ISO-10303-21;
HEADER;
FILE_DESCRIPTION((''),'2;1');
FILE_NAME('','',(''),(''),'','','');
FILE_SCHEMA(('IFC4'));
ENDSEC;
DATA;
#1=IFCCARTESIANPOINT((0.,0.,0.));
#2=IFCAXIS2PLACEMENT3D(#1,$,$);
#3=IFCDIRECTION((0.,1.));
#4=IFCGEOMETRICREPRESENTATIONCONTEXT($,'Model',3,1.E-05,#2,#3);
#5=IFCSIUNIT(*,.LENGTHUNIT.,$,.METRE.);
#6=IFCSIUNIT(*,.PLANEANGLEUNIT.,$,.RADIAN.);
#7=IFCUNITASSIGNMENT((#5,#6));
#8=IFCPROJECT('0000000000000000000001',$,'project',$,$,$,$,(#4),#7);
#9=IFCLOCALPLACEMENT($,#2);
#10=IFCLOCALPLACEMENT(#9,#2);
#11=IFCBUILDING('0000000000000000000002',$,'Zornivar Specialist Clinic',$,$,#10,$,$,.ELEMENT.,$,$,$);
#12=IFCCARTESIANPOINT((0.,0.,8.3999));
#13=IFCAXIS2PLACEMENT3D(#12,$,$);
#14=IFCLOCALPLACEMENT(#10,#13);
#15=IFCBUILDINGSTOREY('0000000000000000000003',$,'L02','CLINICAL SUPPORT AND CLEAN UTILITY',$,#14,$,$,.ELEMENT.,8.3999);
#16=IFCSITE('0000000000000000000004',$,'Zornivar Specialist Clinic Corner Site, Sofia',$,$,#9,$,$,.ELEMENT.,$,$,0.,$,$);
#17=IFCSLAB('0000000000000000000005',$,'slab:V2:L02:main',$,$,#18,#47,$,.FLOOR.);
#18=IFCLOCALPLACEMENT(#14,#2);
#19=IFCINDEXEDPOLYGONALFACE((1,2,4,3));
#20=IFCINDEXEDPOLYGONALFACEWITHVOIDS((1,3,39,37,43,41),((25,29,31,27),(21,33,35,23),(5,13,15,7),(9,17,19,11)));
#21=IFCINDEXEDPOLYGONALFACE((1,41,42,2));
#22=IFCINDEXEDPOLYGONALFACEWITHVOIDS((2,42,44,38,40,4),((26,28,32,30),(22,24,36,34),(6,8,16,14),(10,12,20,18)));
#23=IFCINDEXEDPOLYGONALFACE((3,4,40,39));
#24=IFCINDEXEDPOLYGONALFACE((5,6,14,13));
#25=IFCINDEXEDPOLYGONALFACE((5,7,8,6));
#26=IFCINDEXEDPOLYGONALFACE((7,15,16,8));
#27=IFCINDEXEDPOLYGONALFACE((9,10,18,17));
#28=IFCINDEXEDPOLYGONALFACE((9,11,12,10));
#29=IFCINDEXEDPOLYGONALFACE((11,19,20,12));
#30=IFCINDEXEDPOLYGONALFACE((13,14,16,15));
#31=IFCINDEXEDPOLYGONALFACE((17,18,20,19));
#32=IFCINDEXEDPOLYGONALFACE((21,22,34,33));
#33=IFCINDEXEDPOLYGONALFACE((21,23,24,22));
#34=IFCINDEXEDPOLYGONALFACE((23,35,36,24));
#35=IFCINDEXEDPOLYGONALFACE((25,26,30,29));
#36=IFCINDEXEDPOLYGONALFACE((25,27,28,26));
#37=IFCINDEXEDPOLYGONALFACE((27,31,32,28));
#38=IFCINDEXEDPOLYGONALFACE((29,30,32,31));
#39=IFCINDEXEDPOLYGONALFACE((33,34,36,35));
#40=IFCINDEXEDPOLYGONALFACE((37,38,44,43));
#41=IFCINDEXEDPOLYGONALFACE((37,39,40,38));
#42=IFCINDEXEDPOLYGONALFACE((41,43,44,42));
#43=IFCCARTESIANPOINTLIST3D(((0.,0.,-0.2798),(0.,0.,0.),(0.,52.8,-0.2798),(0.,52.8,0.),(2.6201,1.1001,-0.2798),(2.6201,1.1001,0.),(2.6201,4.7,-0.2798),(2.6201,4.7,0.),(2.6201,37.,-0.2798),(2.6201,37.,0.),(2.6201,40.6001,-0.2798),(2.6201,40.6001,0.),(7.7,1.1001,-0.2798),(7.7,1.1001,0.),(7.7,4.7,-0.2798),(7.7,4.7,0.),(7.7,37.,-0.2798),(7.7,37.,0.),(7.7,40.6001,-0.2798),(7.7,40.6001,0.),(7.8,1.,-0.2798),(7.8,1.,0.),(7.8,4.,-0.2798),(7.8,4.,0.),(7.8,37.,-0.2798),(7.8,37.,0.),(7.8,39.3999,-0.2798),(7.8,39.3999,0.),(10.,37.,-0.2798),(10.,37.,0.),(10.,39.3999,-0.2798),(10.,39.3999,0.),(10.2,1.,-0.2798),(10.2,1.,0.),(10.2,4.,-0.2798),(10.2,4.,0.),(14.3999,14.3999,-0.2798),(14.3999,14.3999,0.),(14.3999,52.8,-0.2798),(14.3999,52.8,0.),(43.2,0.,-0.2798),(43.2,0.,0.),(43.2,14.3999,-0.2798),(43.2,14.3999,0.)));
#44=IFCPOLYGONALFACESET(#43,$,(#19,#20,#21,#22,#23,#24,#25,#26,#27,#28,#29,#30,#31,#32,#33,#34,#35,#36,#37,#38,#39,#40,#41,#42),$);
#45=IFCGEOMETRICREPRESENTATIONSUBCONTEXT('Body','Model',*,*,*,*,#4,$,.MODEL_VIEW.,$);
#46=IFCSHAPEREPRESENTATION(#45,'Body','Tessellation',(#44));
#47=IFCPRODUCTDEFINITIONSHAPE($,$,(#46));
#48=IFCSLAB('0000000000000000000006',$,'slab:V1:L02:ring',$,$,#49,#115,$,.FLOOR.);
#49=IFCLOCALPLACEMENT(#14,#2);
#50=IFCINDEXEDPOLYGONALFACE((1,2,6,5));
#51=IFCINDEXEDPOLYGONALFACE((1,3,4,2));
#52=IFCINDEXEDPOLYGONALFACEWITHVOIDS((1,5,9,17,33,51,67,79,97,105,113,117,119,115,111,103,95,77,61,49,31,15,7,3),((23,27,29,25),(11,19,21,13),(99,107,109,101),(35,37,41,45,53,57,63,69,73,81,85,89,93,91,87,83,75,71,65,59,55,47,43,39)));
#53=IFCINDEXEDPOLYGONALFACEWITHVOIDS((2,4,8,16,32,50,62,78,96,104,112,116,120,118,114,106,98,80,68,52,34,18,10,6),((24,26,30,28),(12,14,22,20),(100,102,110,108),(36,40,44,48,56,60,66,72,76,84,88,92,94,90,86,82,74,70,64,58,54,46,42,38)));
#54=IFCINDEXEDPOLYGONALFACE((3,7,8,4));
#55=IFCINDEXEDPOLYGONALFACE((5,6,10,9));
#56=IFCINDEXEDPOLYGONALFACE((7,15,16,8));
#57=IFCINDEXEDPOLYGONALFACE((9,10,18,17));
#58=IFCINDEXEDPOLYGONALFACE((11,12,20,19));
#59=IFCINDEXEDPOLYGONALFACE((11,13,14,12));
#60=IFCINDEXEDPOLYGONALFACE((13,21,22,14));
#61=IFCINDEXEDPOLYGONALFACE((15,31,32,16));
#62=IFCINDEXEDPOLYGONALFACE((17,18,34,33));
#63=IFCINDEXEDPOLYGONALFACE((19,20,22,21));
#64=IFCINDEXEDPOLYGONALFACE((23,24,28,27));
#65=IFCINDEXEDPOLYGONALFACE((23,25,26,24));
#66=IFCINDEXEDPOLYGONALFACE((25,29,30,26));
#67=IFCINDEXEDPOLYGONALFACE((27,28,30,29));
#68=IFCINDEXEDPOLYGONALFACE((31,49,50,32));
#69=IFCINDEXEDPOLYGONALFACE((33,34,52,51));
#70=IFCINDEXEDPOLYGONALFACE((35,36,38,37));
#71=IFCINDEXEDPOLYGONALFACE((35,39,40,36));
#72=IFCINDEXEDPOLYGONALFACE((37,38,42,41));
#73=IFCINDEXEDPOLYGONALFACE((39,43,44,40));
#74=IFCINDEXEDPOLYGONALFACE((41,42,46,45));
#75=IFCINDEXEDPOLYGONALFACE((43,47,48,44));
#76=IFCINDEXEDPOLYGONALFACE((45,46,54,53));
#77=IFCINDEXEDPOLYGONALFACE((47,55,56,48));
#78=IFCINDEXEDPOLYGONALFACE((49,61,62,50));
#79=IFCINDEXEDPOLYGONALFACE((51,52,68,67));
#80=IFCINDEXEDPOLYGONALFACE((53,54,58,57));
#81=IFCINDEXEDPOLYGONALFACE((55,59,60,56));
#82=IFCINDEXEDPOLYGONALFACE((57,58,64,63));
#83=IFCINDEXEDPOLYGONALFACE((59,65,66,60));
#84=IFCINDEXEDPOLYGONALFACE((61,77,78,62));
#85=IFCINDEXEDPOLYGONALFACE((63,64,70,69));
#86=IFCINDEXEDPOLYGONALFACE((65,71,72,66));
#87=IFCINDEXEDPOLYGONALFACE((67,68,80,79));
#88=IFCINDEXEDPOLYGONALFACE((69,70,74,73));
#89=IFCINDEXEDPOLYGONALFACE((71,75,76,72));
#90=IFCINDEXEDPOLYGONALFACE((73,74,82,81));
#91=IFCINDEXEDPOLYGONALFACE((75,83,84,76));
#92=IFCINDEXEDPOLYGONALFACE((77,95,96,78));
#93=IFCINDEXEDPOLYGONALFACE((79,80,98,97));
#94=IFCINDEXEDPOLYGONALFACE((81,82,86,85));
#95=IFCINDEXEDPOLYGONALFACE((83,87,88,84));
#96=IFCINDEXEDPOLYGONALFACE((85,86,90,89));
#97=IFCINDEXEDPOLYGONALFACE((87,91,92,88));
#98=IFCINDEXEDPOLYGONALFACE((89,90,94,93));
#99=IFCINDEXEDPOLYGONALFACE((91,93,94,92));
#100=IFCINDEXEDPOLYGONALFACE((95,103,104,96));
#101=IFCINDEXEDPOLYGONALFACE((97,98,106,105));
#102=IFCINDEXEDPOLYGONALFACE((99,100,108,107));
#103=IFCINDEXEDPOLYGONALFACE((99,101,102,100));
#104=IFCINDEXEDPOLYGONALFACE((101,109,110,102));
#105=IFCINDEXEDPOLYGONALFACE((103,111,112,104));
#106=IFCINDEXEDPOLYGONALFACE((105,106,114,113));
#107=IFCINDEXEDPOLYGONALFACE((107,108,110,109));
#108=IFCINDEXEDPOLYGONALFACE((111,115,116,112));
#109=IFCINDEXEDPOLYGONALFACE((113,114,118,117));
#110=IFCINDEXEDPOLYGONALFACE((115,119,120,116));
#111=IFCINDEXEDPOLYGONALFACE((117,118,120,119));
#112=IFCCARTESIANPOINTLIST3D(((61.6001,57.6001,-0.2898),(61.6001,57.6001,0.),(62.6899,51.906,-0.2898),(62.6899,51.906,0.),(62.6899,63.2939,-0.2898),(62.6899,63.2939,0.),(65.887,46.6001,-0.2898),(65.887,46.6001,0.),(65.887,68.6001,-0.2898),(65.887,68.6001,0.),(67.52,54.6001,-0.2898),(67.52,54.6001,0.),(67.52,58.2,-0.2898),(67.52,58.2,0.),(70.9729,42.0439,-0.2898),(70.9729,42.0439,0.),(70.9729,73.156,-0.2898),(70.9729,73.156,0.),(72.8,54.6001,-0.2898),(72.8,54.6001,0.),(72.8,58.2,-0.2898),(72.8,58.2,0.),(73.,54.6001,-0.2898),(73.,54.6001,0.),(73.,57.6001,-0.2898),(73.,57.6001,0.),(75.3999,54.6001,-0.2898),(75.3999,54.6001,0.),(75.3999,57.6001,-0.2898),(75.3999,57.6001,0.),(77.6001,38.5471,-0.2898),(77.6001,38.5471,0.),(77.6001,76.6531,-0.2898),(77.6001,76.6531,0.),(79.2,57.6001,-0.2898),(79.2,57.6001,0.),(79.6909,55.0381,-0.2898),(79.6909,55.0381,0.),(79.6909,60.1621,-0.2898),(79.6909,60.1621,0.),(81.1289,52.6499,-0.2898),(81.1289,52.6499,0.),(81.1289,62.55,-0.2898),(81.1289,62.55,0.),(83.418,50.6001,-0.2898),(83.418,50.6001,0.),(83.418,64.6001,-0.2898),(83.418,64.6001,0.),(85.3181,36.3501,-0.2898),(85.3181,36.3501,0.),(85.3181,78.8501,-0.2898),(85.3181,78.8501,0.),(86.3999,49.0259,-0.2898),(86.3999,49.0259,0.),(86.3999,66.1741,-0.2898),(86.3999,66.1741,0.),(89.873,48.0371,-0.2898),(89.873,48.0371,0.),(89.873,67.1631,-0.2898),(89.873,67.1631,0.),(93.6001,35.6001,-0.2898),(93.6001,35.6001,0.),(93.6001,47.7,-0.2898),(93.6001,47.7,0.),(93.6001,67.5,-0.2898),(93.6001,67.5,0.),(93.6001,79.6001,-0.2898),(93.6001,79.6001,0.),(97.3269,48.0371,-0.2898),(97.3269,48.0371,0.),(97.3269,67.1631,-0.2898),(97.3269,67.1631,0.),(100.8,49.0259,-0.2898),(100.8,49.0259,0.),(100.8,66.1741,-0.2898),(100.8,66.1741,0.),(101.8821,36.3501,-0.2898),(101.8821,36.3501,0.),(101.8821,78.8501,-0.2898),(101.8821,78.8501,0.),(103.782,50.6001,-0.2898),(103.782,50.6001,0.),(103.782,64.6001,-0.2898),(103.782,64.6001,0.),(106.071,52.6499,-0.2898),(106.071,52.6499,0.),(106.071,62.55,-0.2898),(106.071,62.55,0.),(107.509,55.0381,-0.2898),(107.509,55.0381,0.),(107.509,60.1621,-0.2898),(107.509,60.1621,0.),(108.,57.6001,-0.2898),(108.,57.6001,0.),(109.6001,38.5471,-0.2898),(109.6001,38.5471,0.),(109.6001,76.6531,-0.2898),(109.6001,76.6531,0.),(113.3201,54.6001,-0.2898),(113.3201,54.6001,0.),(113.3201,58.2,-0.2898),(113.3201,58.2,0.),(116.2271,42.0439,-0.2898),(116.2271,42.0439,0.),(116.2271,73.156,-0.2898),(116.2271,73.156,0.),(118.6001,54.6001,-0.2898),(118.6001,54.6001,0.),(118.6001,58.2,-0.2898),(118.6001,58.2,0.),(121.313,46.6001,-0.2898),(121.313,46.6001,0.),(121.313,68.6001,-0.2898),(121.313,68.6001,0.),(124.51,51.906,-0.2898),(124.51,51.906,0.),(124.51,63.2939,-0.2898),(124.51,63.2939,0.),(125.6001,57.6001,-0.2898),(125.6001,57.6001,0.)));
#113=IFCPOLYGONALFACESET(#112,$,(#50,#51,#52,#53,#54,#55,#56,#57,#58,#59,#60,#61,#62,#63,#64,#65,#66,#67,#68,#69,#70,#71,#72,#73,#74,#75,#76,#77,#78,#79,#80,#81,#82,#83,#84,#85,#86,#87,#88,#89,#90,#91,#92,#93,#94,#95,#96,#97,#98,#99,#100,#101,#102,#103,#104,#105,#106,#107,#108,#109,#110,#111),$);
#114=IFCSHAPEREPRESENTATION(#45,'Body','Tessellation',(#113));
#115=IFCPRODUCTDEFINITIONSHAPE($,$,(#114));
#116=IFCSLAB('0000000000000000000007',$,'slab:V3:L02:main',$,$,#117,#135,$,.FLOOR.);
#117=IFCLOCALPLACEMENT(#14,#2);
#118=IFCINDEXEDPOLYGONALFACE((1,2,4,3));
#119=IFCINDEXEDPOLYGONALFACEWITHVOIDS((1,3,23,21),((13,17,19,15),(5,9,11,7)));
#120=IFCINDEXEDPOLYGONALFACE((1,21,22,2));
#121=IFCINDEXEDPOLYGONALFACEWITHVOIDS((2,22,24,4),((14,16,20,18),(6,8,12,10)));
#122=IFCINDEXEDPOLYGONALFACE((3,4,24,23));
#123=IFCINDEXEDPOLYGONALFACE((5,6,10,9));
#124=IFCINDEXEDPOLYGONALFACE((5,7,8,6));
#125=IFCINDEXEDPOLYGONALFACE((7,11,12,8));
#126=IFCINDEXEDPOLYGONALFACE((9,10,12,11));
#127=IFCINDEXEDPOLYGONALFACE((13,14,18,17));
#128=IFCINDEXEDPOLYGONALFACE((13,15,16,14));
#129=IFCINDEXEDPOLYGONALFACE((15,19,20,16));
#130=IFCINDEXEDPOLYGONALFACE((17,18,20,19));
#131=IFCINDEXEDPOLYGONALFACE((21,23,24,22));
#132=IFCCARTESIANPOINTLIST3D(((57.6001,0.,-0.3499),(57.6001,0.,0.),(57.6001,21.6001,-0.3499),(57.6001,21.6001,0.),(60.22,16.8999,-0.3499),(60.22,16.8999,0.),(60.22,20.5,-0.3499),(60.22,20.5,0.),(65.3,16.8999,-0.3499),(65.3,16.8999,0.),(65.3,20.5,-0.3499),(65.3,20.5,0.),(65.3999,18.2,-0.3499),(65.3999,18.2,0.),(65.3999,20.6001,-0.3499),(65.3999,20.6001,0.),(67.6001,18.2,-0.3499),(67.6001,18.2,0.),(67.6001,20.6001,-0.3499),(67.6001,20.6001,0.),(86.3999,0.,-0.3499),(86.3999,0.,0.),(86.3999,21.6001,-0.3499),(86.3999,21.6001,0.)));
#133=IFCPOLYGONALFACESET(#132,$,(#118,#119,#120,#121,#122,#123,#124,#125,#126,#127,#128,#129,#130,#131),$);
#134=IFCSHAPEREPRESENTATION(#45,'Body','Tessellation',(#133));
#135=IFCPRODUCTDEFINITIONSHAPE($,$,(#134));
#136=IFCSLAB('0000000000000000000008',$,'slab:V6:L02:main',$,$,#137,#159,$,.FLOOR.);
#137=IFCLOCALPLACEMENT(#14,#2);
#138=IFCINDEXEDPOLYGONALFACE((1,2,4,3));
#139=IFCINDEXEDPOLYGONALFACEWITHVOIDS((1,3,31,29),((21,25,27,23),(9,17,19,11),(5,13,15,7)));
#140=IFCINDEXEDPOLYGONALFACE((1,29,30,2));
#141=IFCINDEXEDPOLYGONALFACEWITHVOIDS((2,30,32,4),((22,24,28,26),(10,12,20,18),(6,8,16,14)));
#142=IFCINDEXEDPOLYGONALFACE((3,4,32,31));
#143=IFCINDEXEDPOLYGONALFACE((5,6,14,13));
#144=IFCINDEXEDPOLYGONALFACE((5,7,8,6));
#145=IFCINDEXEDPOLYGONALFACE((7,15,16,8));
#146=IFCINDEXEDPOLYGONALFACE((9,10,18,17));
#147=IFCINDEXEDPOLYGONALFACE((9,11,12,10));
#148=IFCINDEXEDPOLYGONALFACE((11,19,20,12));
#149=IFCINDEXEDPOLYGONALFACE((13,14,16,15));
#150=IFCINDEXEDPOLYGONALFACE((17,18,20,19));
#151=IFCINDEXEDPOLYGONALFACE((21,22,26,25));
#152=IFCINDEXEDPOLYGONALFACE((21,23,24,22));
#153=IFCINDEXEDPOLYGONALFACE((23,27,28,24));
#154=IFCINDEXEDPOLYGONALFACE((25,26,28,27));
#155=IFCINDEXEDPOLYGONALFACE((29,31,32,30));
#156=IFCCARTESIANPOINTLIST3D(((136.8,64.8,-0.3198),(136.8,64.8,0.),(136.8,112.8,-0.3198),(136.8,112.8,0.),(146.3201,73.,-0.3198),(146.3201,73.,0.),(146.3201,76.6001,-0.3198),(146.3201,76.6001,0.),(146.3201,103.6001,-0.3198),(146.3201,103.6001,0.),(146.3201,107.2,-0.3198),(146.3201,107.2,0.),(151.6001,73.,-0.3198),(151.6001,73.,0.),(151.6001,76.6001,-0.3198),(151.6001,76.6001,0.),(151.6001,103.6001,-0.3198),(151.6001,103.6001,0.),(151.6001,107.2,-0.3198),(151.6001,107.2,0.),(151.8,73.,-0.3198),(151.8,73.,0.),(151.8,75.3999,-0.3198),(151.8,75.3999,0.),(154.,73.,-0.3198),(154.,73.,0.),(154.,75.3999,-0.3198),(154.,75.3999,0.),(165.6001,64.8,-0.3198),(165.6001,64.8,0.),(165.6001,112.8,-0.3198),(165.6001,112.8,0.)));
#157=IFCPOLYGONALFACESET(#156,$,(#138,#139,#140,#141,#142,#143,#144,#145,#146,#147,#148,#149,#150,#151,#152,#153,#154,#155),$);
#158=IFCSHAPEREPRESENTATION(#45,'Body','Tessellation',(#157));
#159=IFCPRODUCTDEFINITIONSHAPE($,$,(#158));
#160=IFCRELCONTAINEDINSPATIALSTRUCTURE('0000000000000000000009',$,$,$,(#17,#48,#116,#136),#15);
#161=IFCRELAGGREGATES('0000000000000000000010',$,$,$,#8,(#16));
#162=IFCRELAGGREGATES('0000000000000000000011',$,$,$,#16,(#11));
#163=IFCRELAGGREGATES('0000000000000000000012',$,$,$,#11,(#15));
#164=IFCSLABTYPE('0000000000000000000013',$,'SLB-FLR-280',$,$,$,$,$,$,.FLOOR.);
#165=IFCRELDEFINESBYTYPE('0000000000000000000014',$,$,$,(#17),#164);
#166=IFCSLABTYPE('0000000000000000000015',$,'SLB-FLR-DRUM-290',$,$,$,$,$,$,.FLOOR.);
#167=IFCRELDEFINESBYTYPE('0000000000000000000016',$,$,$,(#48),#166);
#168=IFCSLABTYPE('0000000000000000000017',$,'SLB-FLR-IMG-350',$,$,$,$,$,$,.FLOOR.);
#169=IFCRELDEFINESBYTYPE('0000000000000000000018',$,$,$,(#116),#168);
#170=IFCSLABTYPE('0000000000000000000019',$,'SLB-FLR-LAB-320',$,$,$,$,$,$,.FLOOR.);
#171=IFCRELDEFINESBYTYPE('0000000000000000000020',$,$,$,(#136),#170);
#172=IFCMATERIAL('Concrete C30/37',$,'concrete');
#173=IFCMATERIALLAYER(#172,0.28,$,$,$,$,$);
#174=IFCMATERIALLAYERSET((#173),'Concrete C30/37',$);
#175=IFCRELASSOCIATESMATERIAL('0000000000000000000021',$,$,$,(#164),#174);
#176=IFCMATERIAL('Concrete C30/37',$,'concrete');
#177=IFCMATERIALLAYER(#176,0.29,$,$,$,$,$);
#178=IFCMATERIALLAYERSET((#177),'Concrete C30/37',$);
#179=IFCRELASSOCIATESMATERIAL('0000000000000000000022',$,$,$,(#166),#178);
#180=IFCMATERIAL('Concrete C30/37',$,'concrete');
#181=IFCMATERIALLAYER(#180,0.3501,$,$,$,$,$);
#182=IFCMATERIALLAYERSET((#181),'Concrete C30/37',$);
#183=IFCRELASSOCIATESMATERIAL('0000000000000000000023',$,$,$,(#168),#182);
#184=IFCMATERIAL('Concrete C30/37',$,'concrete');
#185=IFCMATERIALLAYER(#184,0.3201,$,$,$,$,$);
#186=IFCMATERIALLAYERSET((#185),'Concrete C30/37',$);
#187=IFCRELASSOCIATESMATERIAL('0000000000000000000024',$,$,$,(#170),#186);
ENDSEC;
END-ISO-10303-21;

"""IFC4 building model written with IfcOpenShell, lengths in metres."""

from ifc_helpers import new_model, si_unit, direction, frame, origin, place, context, subcontext, project, spatial, polyline, outline, extrude, material, layer, layer_set, type_object, element, save


model = new_model("IFC4")

# Units and contexts
model_context = context("Model", 3, precision=1e-05, world=origin(), true_north=direction((0.0, 1.0)))
body_context = subcontext(model_context, "Body", "Model", "MODEL_VIEW")
ifc_project = project(units=[si_unit("LENGTHUNIT", "METRE"), si_unit("PLANEANGLEUNIT", "RADIAN")], contexts=[model_context])

# Site, building, storey
site_placement = place(None, origin())
site = spatial("IfcSite", under=ifc_project, at=site_placement, Name="Zornivar Specialist Clinic Corner Site, Sofia", CompositionType="ELEMENT", RefElevation=0.0)
building_placement = place(site_placement, origin())
building = spatial("IfcBuilding", under=site, at=building_placement, Name="Zornivar Specialist Clinic", CompositionType="ELEMENT")
storey_placement = place(building_placement, frame((0.0, 0.0, 8.3999)))
storey = spatial("IfcBuildingStorey", under=building, at=storey_placement, Name="L02", Description="CLINICAL SUPPORT AND CLEAN UTILITY", CompositionType="ELEMENT", Elevation=8.3999)

# Slabs
ifc_material_1 = material(Name="Concrete C30/37", Category="concrete")
ifc_layer_1 = layer(ifc_material_1, 0.28)
ifc_layer_set_1 = layer_set([ifc_layer_1], Name="Concrete C30/37")
slab_type_1 = type_object("IfcSlabType", Name="SLB-FLR-280", PredefinedType="FLOOR", material=ifc_layer_set_1)
slab_1_placement = place(storey_placement, frame((0.0, 0.0, -0.2798)))
element("IfcSlab", 1, at=slab_1_placement, inside=storey, type_object=slab_type_1, Name="slab:V2:L02:main", PredefinedType="FLOOR", context=body_context, shape_type="SweptSolid", body=[
    extrude(outline(polyline([(0.0, 0.0), (43.2, 0.0), (43.2, 14.3999), (14.3999, 14.3999), (14.3999, 52.8), (0.0, 52.8), (0.0, 0.0)]), holes=[polyline([(2.6201, 1.1001), (7.7, 1.1001), (7.7, 4.7), (2.6201, 4.7), (2.6201, 1.1001)]), polyline([(7.8, 1.0), (10.2, 1.0), (10.2, 4.0), (7.8, 4.0), (7.8, 1.0)]), polyline([(2.6201, 37.0), (7.7, 37.0), (7.7, 40.6001), (2.6201, 40.6001), (2.6201, 37.0)]), polyline([(7.8, 37.0), (10.0, 37.0), (10.0, 39.3999), (7.8, 39.3999), (7.8, 37.0)])]), origin(), (0.0, 0.0, 1.0), 0.2798),
])
ifc_material_2 = material(Name="Concrete C30/37", Category="concrete")
ifc_layer_2 = layer(ifc_material_2, 0.29)
ifc_layer_set_2 = layer_set([ifc_layer_2], Name="Concrete C30/37")
slab_type_2 = type_object("IfcSlabType", Name="SLB-FLR-DRUM-290", PredefinedType="FLOOR", material=ifc_layer_set_2)
slab_2_placement = place(storey_placement, frame((0.0, 0.0, -0.2898)))
element("IfcSlab", 2, at=slab_2_placement, inside=storey, type_object=slab_type_2, Name="slab:V1:L02:ring", PredefinedType="FLOOR", context=body_context, shape_type="SweptSolid", body=[
    extrude(outline(polyline([(125.6001, 57.6001), (124.51, 63.2939), (121.313, 68.6001), (116.2271, 73.156), (109.6001, 76.6531), (101.8821, 78.8501), (93.6001, 79.6001), (85.3181, 78.8501), (77.6001, 76.6531), (70.9729, 73.156), (65.887, 68.6001), (62.6899, 63.2939), (61.6001, 57.6001), (62.6899, 51.906), (65.887, 46.6001), (70.9729, 42.0439), (77.6001, 38.5471), (85.3181, 36.3501), (93.6001, 35.6001), (101.8821, 36.3501), (109.6001, 38.5471), (116.2271, 42.0439), (121.313, 46.6001), (124.51, 51.906), (125.6001, 57.6001)]), holes=[polyline([(108.0, 57.6001), (107.509, 60.1621), (106.071, 62.55), (103.782, 64.6001), (100.8, 66.1741), (97.3269, 67.1631), (93.6001, 67.5), (89.873, 67.1631), (86.3999, 66.1741), (83.418, 64.6001), (81.1289, 62.55), (79.6909, 60.1621), (79.2, 57.6001), (79.6909, 55.0381), (81.1289, 52.6499), (83.418, 50.6001), (86.3999, 49.0259), (89.873, 48.0371), (93.6001, 47.7), (97.3269, 48.0371), (100.8, 49.0259), (103.782, 50.6001), (106.071, 52.6499), (107.509, 55.0381), (108.0, 57.6001)]), polyline([(67.52, 54.6001), (72.8, 54.6001), (72.8, 58.2), (67.52, 58.2), (67.52, 54.6001)]), polyline([(73.0, 54.6001), (75.3999, 54.6001), (75.3999, 57.6001), (73.0, 57.6001), (73.0, 54.6001)]), polyline([(113.3201, 54.6001), (118.6001, 54.6001), (118.6001, 58.2), (113.3201, 58.2), (113.3201, 54.6001)])]), origin(), (0.0, 0.0, 1.0), 0.2898),
])
ifc_material_3 = material(Name="Concrete C30/37", Category="concrete")
ifc_layer_3 = layer(ifc_material_3, 0.3501)
ifc_layer_set_3 = layer_set([ifc_layer_3], Name="Concrete C30/37")
slab_type_3 = type_object("IfcSlabType", Name="SLB-FLR-IMG-350", PredefinedType="FLOOR", material=ifc_layer_set_3)
slab_3_placement = place(storey_placement, frame((0.0, 0.0, -0.3499)))
element("IfcSlab", 3, at=slab_3_placement, inside=storey, type_object=slab_type_3, Name="slab:V3:L02:main", PredefinedType="FLOOR", context=body_context, shape_type="SweptSolid", body=[
    extrude(outline(polyline([(57.6001, 0.0), (86.3999, 0.0), (86.3999, 21.6001), (57.6001, 21.6001), (57.6001, 0.0)]), holes=[polyline([(60.22, 16.8999), (65.3, 16.8999), (65.3, 20.5), (60.22, 20.5), (60.22, 16.8999)]), polyline([(65.3999, 18.2), (67.6001, 18.2), (67.6001, 20.6001), (65.3999, 20.6001), (65.3999, 18.2)])]), origin(), (0.0, 0.0, 1.0), 0.3499),
])
ifc_material_4 = material(Name="Concrete C30/37", Category="concrete")
ifc_layer_4 = layer(ifc_material_4, 0.3201)
ifc_layer_set_4 = layer_set([ifc_layer_4], Name="Concrete C30/37")
slab_type_4 = type_object("IfcSlabType", Name="SLB-FLR-LAB-320", PredefinedType="FLOOR", material=ifc_layer_set_4)
slab_4_placement = place(storey_placement, frame((0.0, 0.0, -0.3198)))
element("IfcSlab", 4, at=slab_4_placement, inside=storey, type_object=slab_type_4, Name="slab:V6:L02:main", PredefinedType="FLOOR", context=body_context, shape_type="SweptSolid", body=[
    extrude(outline(polyline([(136.8, 64.8), (165.6001, 64.8), (165.6001, 112.8), (136.8, 112.8), (136.8, 64.8)]), holes=[polyline([(146.3201, 73.0), (151.6001, 73.0), (151.6001, 76.6001), (146.3201, 76.6001), (146.3201, 73.0)]), polyline([(151.8, 73.0), (154.0, 73.0), (154.0, 75.3999), (151.8, 75.3999), (151.8, 73.0)]), polyline([(146.3201, 103.6001), (151.6001, 103.6001), (151.6001, 107.2), (146.3201, 107.2), (146.3201, 103.6001)])]), origin(), (0.0, 0.0, 1.0), 0.3198),
])

save(model, "model.ifc")
